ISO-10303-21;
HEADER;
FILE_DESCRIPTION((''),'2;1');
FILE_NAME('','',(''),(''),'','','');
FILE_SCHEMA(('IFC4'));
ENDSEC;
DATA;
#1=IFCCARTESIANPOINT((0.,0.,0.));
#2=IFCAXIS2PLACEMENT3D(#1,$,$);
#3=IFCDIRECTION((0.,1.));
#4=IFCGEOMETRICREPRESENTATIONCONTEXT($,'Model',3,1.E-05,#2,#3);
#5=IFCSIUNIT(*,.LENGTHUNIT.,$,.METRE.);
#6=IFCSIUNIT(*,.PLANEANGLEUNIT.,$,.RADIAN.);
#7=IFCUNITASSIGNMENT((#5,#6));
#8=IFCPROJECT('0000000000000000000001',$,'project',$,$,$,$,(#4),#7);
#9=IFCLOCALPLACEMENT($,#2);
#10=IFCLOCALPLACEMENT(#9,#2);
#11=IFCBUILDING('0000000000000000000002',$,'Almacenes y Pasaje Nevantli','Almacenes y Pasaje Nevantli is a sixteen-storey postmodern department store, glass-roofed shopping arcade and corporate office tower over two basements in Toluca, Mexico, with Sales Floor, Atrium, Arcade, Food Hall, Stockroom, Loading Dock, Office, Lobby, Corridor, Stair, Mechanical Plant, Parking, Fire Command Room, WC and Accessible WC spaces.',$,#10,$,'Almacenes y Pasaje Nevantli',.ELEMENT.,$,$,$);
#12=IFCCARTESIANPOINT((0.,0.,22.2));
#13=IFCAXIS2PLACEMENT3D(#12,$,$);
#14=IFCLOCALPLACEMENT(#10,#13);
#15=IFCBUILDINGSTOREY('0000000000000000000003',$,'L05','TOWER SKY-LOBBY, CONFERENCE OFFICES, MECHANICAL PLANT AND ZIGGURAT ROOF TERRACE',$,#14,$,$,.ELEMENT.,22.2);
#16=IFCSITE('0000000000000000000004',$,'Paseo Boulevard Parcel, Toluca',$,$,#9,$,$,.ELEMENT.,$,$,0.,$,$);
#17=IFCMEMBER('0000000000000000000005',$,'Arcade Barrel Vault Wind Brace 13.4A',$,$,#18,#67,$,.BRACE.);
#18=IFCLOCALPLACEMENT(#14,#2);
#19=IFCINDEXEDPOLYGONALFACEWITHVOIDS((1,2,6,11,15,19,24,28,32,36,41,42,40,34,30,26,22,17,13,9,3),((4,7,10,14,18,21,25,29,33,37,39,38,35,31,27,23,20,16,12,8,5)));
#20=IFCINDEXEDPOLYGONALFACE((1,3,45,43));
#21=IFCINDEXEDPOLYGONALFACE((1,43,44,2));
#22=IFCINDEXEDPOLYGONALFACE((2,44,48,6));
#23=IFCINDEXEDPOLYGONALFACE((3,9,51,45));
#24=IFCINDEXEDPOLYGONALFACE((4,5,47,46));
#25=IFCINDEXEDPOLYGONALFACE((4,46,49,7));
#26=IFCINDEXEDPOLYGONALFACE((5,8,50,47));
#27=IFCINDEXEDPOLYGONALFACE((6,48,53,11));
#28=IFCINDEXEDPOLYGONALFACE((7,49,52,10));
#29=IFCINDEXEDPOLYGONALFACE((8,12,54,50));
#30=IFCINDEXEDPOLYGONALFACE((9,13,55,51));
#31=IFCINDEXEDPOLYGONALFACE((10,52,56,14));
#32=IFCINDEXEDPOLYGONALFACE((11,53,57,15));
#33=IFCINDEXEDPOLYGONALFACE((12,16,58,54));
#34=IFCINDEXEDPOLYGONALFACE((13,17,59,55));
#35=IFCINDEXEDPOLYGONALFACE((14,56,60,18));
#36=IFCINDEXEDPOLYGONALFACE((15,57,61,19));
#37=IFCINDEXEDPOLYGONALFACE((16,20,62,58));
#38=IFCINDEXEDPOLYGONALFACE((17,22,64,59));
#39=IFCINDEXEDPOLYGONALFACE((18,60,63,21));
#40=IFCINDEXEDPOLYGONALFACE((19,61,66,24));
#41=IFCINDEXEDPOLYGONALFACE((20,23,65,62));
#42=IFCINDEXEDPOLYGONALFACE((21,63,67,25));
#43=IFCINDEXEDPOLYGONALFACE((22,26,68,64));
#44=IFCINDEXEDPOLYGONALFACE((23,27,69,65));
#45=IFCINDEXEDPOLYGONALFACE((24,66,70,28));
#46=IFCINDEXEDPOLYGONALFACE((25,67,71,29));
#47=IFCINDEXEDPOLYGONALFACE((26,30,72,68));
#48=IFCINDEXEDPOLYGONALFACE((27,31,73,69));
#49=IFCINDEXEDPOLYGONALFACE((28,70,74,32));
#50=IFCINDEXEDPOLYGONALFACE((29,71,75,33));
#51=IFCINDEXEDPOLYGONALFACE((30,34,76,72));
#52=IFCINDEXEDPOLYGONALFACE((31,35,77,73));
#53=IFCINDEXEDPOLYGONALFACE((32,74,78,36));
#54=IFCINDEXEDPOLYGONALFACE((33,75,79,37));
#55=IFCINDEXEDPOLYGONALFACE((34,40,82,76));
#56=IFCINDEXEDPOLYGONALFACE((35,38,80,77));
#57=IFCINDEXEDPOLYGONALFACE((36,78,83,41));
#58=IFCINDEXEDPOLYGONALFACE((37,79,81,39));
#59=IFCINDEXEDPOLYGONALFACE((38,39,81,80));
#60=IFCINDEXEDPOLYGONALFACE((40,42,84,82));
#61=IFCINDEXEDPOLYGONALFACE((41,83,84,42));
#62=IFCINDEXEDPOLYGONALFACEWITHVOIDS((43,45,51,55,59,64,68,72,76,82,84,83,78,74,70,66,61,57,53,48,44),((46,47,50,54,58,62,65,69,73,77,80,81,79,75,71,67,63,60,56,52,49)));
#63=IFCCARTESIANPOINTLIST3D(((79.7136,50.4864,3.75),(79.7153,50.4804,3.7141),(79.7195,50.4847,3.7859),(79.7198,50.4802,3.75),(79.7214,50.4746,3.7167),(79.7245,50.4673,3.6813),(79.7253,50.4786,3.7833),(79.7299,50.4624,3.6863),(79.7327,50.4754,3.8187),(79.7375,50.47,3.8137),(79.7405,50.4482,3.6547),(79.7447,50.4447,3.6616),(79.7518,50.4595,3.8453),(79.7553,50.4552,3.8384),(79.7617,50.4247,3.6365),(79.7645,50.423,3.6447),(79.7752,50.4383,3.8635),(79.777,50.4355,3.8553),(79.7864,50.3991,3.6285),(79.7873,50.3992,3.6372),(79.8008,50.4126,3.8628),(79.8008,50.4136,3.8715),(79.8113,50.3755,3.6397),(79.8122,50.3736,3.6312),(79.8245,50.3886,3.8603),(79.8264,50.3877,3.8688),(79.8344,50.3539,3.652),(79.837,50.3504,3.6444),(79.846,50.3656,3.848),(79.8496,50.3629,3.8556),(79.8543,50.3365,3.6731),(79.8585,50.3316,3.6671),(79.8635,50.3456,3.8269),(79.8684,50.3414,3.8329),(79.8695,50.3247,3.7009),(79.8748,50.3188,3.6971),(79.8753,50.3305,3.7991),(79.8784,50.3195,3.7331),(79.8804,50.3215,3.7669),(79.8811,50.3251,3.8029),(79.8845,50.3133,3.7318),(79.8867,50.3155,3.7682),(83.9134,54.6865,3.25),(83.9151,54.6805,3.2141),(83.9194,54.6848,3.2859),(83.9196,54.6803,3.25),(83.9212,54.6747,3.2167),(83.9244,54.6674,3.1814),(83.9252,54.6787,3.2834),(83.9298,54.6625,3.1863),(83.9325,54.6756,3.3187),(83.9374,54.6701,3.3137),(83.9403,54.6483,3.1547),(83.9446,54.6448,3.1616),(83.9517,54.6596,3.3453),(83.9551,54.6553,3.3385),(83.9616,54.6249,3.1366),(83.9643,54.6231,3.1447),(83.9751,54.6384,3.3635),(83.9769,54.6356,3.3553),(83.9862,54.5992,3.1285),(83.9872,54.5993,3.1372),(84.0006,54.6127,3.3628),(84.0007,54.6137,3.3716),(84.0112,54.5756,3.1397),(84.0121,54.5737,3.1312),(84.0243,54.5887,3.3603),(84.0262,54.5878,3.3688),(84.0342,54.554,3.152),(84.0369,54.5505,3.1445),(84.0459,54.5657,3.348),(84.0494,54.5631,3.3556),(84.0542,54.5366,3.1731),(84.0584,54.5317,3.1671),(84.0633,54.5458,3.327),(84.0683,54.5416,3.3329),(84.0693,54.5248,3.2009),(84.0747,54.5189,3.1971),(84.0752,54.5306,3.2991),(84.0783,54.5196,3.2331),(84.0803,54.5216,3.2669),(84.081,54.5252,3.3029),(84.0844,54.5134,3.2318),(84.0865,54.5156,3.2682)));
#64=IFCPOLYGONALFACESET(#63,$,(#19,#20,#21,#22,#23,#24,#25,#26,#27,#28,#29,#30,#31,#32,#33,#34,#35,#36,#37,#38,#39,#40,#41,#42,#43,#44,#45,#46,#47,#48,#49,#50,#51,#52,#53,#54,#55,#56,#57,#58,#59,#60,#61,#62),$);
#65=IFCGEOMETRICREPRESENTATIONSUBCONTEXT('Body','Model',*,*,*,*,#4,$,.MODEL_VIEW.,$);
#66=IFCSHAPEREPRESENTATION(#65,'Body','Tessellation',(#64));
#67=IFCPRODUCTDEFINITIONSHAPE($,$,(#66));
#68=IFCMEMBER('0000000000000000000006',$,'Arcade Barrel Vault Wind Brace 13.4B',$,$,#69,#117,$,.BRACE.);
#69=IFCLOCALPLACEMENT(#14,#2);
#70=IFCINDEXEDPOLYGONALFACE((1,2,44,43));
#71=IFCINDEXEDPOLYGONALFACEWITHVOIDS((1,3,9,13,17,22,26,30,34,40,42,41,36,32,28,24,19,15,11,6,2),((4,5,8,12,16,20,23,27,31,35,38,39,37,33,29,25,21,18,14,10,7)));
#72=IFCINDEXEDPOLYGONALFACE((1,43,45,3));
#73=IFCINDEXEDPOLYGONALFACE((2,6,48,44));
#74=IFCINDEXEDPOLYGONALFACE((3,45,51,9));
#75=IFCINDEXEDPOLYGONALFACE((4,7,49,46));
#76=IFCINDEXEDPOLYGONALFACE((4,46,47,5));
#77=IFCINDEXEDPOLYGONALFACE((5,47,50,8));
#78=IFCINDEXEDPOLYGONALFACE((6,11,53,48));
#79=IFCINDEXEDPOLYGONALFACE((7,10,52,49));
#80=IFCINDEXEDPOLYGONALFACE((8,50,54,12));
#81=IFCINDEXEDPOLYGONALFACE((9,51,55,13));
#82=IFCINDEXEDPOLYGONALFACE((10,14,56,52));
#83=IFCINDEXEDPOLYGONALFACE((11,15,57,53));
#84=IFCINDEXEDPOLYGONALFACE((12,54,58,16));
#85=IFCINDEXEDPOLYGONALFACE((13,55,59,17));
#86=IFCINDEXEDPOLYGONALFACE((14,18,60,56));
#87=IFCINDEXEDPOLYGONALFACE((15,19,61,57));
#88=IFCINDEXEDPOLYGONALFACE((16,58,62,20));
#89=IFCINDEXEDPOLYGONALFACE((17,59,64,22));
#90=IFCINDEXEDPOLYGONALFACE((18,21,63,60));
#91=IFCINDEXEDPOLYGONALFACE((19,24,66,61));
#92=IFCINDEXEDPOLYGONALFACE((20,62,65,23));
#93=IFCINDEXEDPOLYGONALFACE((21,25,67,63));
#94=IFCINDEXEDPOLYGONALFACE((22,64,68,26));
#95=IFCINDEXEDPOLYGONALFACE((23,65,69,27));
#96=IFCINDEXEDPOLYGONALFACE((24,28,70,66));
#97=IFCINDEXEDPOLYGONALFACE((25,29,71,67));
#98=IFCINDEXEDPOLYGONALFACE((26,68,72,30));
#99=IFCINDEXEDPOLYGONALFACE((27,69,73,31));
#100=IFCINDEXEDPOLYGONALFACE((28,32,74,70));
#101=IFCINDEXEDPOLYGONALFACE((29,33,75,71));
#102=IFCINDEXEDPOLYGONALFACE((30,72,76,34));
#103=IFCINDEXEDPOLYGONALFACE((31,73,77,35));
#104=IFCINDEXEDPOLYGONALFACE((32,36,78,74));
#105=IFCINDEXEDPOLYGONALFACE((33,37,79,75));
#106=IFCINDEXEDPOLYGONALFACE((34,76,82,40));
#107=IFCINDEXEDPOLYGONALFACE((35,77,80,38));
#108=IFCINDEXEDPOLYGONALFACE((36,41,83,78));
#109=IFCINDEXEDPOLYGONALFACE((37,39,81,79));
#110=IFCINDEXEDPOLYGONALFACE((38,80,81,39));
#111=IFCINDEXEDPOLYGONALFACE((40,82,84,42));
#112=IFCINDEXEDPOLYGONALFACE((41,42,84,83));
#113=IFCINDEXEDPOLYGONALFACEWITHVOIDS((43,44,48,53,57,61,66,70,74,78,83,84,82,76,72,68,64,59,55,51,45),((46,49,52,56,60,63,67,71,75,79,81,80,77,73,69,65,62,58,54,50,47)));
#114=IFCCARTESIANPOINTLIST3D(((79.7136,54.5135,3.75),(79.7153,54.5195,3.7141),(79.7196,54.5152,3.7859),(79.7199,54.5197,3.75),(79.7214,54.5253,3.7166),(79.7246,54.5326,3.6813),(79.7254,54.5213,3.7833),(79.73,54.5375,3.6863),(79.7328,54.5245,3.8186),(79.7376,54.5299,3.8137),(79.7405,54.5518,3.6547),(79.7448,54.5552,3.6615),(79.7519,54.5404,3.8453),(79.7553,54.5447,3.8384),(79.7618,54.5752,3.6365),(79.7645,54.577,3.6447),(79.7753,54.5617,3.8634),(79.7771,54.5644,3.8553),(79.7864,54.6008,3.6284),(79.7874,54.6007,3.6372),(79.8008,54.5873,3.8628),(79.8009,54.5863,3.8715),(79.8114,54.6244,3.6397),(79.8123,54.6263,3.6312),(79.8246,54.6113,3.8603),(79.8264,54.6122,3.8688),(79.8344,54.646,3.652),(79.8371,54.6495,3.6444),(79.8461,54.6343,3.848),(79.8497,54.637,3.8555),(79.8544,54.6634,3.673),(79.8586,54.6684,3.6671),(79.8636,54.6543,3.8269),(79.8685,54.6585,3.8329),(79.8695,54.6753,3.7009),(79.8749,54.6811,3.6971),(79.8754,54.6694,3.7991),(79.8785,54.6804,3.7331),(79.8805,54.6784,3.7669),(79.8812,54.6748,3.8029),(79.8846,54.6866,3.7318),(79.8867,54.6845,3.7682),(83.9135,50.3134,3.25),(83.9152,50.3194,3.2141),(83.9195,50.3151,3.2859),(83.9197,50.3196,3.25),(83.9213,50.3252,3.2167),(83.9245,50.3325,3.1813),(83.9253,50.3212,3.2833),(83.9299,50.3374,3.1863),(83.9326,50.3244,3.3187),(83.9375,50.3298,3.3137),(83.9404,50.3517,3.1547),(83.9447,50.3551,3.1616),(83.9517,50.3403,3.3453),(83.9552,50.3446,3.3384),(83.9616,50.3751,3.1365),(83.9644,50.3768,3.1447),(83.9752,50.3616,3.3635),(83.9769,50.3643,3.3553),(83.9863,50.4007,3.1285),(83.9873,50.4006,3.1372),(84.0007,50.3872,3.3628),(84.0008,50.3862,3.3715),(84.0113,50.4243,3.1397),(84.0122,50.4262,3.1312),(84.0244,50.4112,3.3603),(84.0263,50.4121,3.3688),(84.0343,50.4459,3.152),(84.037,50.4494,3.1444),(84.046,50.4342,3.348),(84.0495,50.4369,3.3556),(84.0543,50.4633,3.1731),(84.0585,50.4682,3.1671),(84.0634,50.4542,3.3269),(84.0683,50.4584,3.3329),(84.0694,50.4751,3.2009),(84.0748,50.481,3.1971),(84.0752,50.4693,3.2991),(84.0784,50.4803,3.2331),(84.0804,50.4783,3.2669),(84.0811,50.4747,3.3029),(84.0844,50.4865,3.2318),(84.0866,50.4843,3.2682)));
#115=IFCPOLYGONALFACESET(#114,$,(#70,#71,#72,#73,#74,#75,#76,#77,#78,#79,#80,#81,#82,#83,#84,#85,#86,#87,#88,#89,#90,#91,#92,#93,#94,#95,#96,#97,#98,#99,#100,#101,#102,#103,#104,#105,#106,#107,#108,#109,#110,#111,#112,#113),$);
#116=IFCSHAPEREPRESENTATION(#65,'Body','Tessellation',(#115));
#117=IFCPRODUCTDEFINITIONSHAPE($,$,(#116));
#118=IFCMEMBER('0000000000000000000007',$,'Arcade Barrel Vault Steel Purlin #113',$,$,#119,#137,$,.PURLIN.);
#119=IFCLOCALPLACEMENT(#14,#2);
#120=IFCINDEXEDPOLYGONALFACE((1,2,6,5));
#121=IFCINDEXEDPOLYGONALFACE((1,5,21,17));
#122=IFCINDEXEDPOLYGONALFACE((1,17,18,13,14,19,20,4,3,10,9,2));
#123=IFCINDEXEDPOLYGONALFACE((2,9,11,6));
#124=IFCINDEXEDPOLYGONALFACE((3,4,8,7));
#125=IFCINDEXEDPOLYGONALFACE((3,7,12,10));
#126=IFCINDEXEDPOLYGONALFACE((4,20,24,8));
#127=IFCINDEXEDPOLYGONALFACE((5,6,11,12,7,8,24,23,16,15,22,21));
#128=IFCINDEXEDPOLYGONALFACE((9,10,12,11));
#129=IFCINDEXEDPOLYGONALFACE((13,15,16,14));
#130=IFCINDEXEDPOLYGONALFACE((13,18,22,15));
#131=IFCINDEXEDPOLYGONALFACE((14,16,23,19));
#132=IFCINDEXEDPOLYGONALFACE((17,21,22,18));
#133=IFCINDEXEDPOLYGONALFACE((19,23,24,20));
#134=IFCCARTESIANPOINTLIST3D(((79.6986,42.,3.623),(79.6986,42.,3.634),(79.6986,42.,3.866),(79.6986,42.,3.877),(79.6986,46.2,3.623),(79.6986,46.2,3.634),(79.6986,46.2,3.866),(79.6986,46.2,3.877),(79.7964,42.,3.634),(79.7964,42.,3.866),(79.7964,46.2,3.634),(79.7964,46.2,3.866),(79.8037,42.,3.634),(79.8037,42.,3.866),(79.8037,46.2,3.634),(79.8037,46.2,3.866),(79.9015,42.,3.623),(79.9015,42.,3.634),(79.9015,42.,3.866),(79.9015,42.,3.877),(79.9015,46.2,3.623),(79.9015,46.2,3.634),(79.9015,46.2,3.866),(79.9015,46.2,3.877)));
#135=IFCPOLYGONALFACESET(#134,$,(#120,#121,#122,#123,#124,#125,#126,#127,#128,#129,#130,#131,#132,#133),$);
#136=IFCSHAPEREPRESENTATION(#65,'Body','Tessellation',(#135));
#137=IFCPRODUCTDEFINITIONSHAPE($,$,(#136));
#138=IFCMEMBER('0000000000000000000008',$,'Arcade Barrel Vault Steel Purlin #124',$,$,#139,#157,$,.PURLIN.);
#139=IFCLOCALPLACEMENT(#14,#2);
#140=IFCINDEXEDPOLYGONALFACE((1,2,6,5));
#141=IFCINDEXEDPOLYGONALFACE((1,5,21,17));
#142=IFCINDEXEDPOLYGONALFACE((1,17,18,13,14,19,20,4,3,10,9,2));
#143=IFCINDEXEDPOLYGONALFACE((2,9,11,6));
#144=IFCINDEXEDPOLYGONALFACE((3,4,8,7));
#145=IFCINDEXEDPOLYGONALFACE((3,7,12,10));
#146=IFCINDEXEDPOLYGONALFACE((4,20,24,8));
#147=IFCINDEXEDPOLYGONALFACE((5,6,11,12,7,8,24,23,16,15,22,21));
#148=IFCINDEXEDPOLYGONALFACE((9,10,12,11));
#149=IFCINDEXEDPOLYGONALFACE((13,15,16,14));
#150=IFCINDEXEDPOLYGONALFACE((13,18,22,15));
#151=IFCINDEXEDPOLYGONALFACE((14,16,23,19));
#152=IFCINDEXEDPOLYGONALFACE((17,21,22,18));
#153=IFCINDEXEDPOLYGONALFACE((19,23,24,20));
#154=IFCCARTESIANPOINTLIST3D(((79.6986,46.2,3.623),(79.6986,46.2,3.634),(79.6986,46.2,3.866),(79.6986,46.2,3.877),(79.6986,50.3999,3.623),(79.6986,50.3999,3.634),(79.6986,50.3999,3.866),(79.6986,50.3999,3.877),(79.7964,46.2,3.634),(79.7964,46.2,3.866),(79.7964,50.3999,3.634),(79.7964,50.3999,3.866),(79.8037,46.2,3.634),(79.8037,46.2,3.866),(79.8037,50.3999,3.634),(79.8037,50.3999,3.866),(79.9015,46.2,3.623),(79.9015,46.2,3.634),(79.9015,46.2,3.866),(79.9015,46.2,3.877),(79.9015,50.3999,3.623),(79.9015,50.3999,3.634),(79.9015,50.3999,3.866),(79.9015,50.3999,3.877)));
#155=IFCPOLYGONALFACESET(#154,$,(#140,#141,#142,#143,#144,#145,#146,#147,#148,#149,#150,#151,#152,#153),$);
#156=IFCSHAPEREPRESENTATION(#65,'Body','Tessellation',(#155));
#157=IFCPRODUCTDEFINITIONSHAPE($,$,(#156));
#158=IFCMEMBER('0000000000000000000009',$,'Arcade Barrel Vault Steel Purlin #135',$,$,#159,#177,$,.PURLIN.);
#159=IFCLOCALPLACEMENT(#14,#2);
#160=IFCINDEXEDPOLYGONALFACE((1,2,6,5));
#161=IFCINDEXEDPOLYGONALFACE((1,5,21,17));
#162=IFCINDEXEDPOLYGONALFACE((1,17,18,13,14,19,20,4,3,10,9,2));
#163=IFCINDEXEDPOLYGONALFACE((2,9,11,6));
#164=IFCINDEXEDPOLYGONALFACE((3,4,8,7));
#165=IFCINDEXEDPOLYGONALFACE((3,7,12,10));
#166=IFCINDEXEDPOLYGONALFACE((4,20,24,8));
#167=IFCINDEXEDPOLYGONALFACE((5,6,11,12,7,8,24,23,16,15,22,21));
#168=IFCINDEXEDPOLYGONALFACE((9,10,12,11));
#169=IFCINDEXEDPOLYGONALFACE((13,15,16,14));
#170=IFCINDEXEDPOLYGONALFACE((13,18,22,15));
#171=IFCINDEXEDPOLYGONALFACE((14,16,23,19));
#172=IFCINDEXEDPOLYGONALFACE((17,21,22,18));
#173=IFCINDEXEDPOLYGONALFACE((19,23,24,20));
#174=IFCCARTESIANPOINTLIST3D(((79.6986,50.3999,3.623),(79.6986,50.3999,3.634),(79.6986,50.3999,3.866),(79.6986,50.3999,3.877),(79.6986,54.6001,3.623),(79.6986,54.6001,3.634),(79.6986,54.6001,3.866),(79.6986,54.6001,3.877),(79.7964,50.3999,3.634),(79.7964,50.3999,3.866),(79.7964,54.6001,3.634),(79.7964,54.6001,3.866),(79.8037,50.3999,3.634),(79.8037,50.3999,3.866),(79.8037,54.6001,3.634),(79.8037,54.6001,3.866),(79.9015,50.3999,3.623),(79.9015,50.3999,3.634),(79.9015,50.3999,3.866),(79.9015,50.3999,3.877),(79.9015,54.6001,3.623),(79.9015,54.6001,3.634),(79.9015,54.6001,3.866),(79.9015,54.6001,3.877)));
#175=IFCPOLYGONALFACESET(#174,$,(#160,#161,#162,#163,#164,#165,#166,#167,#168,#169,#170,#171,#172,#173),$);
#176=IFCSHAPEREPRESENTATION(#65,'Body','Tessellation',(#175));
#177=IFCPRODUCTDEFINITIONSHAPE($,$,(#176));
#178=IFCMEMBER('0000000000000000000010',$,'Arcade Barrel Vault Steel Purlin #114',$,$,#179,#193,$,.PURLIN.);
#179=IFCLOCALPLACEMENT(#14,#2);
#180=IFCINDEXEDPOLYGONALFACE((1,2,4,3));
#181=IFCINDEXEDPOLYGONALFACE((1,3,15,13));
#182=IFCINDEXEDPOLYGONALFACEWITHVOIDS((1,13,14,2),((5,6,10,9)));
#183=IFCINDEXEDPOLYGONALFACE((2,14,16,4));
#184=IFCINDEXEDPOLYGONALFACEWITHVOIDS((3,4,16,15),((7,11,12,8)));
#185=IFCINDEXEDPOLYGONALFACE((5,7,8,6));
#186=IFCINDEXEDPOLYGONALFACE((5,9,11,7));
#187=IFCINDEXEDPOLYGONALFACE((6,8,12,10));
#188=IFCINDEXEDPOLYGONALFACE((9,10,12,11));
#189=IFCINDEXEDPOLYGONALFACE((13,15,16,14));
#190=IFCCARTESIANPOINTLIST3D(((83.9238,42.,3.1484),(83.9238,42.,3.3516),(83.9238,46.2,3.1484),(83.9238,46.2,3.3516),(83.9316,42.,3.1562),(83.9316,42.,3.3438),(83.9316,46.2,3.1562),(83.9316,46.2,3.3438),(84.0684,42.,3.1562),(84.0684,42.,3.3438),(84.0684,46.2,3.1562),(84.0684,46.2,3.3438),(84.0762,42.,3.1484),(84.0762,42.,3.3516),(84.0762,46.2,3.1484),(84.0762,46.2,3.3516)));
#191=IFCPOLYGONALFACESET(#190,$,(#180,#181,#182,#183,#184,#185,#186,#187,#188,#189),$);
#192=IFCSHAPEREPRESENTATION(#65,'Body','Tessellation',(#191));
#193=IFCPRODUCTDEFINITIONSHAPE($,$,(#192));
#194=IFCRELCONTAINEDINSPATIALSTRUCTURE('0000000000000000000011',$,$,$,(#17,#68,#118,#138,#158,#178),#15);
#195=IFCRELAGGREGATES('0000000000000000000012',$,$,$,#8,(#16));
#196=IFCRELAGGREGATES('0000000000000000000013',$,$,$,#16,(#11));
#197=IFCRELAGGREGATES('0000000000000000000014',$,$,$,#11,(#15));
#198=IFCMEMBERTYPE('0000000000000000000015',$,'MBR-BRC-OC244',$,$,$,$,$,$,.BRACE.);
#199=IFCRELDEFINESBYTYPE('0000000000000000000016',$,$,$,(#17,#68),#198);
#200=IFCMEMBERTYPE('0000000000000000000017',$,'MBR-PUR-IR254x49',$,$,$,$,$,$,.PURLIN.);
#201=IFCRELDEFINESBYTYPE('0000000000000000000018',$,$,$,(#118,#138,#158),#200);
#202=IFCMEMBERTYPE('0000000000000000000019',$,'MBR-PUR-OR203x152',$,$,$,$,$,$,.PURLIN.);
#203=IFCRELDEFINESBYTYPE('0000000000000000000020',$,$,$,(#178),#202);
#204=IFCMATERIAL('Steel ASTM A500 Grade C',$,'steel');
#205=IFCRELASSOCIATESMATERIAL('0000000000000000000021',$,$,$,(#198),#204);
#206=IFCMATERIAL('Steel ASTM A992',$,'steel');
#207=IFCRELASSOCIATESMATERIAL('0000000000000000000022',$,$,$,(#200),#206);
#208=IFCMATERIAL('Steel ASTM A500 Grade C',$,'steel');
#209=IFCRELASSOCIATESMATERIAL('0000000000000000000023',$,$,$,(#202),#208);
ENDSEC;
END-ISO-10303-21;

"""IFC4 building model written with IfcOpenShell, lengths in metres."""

from ifc_helpers import new_model, si_unit, direction, frame, origin, origin_2d, place, context, subcontext, project, spatial, hollow_rectangle, hollow_circle, i_section, extrude, material, material_profile, profile_set, type_object, element, save


model = new_model("IFC4")

# Units and contexts
model_context = context("Model", 3, precision=1e-05, world=origin(), true_north=direction((0.0, 1.0)))
body_context = subcontext(model_context, "Body", "Model", "MODEL_VIEW")
ifc_project = project(units=[si_unit("LENGTHUNIT", "METRE"), si_unit("PLANEANGLEUNIT", "RADIAN")], contexts=[model_context])

# Site, building, storey
site_placement = place(None, origin())
site = spatial("IfcSite", under=ifc_project, at=site_placement, Name="Paseo Boulevard Parcel, Toluca", CompositionType="ELEMENT", RefElevation=0.0)
building_placement = place(site_placement, origin())
building = spatial("IfcBuilding", under=site, at=building_placement, Name="Almacenes y Pasaje Nevantli", Description="Almacenes y Pasaje Nevantli is a sixteen-storey postmodern department store, glass-roofed shopping arcade and corporate office tower over two basements in Toluca, Mexico, with Sales Floor, Atrium, Arcade, Food Hall, Stockroom, Loading Dock, Office, Lobby, Corridor, Stair, Mechanical Plant, Parking, Fire Command Room, WC and Accessible WC spaces.", LongName="Almacenes y Pasaje Nevantli", CompositionType="ELEMENT")
storey_placement = place(building_placement, frame((0.0, 0.0, 22.2)))
storey = spatial("IfcBuildingStorey", under=building, at=storey_placement, Name="L05", Description="TOWER SKY-LOBBY, CONFERENCE OFFICES, MECHANICAL PLANT AND ZIGGURAT ROOF TERRACE", CompositionType="ELEMENT", Elevation=22.2)

# Members
ifc_material_1 = material(Name="Steel ASTM A500 Grade C", Category="steel")
ifc_material_profile_1 = material_profile(ifc_material_1, hollow_circle(Radius=0.1223, WallThickness=0.0088, at=origin_2d()), Name="OC 244x8.9")
ifc_profile_set_1 = profile_set([ifc_material_profile_1], Name="Steel ASTM A500 Grade C")
member_type_1 = type_object("IfcMemberType", Name="MBR-BRC-OC244", PredefinedType="BRACE", material=ifc_profile_set_1)
for number, where, z_axis, x_axis, name in (
    (1, (79.8, 50.3999, 3.75), (0.704594, 0.704635, -0.083881), (-0.707127, 0.707086, 0.0), "Arcade Barrel Vault Wind Brace 13.4A"),
    (2, (84.0, 50.3999, 3.25), (-0.704594, 0.704635, 0.083881), (-0.707127, -0.707086, 0.0), "Arcade Barrel Vault Wind Brace 13.4B"),
):
    element("IfcMember", number, at=place(storey_placement, frame(where, z_axis=z_axis, x_axis=x_axis)), inside=storey, type_object=member_type_1, Name=name, PredefinedType="BRACE", context=body_context, shape_type="SweptSolid", body=[
        extrude(hollow_circle(Radius=0.1223, WallThickness=0.0088, at=origin_2d()), origin(), (0.0, 0.0, 1.0), 5.9607),
    ])
ifc_material_2 = material(Name="Steel ASTM A992", Category="steel")
ifc_material_profile_2 = material_profile(ifc_material_2, i_section(OverallWidth=0.2029, OverallDepth=0.2539, WebThickness=0.0073, FlangeThickness=0.011, at=origin_2d()), Name="IR 254x49.1")
ifc_profile_set_2 = profile_set([ifc_material_profile_2], Name="Steel ASTM A992")
member_type_2 = type_object("IfcMemberType", Name="MBR-PUR-IR254x49", PredefinedType="PURLIN", material=ifc_profile_set_2)
for number, where, z_axis, x_axis, name in (
    (3, (79.8, 42.0, 3.75), (0.0, 1.0, 0.0), (-1.0, 0.0, 0.0), "Arcade Barrel Vault Steel Purlin #113"),
    (4, (79.8, 46.2, 3.75), (0.0, 1.0, 0.0), (-1.0, 0.0, 0.0), "Arcade Barrel Vault Steel Purlin #124"),
):
    element("IfcMember", number, at=place(storey_placement, frame(where, z_axis=z_axis, x_axis=x_axis)), inside=storey, type_object=member_type_2, Name=name, PredefinedType="PURLIN", context=body_context, shape_type="SweptSolid", body=[
        extrude(i_section(OverallWidth=0.2029, OverallDepth=0.2539, WebThickness=0.0073, FlangeThickness=0.011, at=origin_2d()), origin(), (0.0, 0.0, 1.0), 4.2),
    ])
member_1_placement = place(storey_placement, frame((79.8, 50.3999, 3.75), z_axis=(0.0, 1.0, 0.0), x_axis=(-1.0, 0.0, 0.0)))
element("IfcMember", 5, at=member_1_placement, inside=storey, type_object=member_type_2, Name="Arcade Barrel Vault Steel Purlin #135", PredefinedType="PURLIN", context=body_context, shape_type="SweptSolid", body=[
    extrude(i_section(OverallWidth=0.2029, OverallDepth=0.2539, WebThickness=0.0073, FlangeThickness=0.011, at=origin_2d()), origin(), (0.0, 0.0, 1.0), 4.2002),
])
ifc_material_3 = material(Name="Steel ASTM A500 Grade C", Category="steel")
ifc_material_profile_3 = material_profile(ifc_material_3, hollow_rectangle(XDim=0.1523, YDim=0.2031, WallThickness=0.0078, at=origin_2d()), Name="OR 203x152x7.9")
ifc_profile_set_3 = profile_set([ifc_material_profile_3], Name="Steel ASTM A500 Grade C")
member_type_3 = type_object("IfcMemberType", Name="MBR-PUR-OR203x152", PredefinedType="PURLIN", material=ifc_profile_set_3)
for number, where, z_axis, x_axis, name in (
    (6, (84.0, 42.0, 3.25), (0.0, 1.0, 0.0), (-1.0, 0.0, 0.0), "Arcade Barrel Vault Steel Purlin #114"),
):
    element("IfcMember", number, at=place(storey_placement, frame(where, z_axis=z_axis, x_axis=x_axis)), inside=storey, type_object=member_type_3, Name=name, PredefinedType="PURLIN", context=body_context, shape_type="SweptSolid", body=[
        extrude(hollow_rectangle(XDim=0.1523, YDim=0.2031, WallThickness=0.0078, at=origin_2d()), origin(), (0.0, 0.0, 1.0), 4.2),
    ])

save(model, "model.ifc")
